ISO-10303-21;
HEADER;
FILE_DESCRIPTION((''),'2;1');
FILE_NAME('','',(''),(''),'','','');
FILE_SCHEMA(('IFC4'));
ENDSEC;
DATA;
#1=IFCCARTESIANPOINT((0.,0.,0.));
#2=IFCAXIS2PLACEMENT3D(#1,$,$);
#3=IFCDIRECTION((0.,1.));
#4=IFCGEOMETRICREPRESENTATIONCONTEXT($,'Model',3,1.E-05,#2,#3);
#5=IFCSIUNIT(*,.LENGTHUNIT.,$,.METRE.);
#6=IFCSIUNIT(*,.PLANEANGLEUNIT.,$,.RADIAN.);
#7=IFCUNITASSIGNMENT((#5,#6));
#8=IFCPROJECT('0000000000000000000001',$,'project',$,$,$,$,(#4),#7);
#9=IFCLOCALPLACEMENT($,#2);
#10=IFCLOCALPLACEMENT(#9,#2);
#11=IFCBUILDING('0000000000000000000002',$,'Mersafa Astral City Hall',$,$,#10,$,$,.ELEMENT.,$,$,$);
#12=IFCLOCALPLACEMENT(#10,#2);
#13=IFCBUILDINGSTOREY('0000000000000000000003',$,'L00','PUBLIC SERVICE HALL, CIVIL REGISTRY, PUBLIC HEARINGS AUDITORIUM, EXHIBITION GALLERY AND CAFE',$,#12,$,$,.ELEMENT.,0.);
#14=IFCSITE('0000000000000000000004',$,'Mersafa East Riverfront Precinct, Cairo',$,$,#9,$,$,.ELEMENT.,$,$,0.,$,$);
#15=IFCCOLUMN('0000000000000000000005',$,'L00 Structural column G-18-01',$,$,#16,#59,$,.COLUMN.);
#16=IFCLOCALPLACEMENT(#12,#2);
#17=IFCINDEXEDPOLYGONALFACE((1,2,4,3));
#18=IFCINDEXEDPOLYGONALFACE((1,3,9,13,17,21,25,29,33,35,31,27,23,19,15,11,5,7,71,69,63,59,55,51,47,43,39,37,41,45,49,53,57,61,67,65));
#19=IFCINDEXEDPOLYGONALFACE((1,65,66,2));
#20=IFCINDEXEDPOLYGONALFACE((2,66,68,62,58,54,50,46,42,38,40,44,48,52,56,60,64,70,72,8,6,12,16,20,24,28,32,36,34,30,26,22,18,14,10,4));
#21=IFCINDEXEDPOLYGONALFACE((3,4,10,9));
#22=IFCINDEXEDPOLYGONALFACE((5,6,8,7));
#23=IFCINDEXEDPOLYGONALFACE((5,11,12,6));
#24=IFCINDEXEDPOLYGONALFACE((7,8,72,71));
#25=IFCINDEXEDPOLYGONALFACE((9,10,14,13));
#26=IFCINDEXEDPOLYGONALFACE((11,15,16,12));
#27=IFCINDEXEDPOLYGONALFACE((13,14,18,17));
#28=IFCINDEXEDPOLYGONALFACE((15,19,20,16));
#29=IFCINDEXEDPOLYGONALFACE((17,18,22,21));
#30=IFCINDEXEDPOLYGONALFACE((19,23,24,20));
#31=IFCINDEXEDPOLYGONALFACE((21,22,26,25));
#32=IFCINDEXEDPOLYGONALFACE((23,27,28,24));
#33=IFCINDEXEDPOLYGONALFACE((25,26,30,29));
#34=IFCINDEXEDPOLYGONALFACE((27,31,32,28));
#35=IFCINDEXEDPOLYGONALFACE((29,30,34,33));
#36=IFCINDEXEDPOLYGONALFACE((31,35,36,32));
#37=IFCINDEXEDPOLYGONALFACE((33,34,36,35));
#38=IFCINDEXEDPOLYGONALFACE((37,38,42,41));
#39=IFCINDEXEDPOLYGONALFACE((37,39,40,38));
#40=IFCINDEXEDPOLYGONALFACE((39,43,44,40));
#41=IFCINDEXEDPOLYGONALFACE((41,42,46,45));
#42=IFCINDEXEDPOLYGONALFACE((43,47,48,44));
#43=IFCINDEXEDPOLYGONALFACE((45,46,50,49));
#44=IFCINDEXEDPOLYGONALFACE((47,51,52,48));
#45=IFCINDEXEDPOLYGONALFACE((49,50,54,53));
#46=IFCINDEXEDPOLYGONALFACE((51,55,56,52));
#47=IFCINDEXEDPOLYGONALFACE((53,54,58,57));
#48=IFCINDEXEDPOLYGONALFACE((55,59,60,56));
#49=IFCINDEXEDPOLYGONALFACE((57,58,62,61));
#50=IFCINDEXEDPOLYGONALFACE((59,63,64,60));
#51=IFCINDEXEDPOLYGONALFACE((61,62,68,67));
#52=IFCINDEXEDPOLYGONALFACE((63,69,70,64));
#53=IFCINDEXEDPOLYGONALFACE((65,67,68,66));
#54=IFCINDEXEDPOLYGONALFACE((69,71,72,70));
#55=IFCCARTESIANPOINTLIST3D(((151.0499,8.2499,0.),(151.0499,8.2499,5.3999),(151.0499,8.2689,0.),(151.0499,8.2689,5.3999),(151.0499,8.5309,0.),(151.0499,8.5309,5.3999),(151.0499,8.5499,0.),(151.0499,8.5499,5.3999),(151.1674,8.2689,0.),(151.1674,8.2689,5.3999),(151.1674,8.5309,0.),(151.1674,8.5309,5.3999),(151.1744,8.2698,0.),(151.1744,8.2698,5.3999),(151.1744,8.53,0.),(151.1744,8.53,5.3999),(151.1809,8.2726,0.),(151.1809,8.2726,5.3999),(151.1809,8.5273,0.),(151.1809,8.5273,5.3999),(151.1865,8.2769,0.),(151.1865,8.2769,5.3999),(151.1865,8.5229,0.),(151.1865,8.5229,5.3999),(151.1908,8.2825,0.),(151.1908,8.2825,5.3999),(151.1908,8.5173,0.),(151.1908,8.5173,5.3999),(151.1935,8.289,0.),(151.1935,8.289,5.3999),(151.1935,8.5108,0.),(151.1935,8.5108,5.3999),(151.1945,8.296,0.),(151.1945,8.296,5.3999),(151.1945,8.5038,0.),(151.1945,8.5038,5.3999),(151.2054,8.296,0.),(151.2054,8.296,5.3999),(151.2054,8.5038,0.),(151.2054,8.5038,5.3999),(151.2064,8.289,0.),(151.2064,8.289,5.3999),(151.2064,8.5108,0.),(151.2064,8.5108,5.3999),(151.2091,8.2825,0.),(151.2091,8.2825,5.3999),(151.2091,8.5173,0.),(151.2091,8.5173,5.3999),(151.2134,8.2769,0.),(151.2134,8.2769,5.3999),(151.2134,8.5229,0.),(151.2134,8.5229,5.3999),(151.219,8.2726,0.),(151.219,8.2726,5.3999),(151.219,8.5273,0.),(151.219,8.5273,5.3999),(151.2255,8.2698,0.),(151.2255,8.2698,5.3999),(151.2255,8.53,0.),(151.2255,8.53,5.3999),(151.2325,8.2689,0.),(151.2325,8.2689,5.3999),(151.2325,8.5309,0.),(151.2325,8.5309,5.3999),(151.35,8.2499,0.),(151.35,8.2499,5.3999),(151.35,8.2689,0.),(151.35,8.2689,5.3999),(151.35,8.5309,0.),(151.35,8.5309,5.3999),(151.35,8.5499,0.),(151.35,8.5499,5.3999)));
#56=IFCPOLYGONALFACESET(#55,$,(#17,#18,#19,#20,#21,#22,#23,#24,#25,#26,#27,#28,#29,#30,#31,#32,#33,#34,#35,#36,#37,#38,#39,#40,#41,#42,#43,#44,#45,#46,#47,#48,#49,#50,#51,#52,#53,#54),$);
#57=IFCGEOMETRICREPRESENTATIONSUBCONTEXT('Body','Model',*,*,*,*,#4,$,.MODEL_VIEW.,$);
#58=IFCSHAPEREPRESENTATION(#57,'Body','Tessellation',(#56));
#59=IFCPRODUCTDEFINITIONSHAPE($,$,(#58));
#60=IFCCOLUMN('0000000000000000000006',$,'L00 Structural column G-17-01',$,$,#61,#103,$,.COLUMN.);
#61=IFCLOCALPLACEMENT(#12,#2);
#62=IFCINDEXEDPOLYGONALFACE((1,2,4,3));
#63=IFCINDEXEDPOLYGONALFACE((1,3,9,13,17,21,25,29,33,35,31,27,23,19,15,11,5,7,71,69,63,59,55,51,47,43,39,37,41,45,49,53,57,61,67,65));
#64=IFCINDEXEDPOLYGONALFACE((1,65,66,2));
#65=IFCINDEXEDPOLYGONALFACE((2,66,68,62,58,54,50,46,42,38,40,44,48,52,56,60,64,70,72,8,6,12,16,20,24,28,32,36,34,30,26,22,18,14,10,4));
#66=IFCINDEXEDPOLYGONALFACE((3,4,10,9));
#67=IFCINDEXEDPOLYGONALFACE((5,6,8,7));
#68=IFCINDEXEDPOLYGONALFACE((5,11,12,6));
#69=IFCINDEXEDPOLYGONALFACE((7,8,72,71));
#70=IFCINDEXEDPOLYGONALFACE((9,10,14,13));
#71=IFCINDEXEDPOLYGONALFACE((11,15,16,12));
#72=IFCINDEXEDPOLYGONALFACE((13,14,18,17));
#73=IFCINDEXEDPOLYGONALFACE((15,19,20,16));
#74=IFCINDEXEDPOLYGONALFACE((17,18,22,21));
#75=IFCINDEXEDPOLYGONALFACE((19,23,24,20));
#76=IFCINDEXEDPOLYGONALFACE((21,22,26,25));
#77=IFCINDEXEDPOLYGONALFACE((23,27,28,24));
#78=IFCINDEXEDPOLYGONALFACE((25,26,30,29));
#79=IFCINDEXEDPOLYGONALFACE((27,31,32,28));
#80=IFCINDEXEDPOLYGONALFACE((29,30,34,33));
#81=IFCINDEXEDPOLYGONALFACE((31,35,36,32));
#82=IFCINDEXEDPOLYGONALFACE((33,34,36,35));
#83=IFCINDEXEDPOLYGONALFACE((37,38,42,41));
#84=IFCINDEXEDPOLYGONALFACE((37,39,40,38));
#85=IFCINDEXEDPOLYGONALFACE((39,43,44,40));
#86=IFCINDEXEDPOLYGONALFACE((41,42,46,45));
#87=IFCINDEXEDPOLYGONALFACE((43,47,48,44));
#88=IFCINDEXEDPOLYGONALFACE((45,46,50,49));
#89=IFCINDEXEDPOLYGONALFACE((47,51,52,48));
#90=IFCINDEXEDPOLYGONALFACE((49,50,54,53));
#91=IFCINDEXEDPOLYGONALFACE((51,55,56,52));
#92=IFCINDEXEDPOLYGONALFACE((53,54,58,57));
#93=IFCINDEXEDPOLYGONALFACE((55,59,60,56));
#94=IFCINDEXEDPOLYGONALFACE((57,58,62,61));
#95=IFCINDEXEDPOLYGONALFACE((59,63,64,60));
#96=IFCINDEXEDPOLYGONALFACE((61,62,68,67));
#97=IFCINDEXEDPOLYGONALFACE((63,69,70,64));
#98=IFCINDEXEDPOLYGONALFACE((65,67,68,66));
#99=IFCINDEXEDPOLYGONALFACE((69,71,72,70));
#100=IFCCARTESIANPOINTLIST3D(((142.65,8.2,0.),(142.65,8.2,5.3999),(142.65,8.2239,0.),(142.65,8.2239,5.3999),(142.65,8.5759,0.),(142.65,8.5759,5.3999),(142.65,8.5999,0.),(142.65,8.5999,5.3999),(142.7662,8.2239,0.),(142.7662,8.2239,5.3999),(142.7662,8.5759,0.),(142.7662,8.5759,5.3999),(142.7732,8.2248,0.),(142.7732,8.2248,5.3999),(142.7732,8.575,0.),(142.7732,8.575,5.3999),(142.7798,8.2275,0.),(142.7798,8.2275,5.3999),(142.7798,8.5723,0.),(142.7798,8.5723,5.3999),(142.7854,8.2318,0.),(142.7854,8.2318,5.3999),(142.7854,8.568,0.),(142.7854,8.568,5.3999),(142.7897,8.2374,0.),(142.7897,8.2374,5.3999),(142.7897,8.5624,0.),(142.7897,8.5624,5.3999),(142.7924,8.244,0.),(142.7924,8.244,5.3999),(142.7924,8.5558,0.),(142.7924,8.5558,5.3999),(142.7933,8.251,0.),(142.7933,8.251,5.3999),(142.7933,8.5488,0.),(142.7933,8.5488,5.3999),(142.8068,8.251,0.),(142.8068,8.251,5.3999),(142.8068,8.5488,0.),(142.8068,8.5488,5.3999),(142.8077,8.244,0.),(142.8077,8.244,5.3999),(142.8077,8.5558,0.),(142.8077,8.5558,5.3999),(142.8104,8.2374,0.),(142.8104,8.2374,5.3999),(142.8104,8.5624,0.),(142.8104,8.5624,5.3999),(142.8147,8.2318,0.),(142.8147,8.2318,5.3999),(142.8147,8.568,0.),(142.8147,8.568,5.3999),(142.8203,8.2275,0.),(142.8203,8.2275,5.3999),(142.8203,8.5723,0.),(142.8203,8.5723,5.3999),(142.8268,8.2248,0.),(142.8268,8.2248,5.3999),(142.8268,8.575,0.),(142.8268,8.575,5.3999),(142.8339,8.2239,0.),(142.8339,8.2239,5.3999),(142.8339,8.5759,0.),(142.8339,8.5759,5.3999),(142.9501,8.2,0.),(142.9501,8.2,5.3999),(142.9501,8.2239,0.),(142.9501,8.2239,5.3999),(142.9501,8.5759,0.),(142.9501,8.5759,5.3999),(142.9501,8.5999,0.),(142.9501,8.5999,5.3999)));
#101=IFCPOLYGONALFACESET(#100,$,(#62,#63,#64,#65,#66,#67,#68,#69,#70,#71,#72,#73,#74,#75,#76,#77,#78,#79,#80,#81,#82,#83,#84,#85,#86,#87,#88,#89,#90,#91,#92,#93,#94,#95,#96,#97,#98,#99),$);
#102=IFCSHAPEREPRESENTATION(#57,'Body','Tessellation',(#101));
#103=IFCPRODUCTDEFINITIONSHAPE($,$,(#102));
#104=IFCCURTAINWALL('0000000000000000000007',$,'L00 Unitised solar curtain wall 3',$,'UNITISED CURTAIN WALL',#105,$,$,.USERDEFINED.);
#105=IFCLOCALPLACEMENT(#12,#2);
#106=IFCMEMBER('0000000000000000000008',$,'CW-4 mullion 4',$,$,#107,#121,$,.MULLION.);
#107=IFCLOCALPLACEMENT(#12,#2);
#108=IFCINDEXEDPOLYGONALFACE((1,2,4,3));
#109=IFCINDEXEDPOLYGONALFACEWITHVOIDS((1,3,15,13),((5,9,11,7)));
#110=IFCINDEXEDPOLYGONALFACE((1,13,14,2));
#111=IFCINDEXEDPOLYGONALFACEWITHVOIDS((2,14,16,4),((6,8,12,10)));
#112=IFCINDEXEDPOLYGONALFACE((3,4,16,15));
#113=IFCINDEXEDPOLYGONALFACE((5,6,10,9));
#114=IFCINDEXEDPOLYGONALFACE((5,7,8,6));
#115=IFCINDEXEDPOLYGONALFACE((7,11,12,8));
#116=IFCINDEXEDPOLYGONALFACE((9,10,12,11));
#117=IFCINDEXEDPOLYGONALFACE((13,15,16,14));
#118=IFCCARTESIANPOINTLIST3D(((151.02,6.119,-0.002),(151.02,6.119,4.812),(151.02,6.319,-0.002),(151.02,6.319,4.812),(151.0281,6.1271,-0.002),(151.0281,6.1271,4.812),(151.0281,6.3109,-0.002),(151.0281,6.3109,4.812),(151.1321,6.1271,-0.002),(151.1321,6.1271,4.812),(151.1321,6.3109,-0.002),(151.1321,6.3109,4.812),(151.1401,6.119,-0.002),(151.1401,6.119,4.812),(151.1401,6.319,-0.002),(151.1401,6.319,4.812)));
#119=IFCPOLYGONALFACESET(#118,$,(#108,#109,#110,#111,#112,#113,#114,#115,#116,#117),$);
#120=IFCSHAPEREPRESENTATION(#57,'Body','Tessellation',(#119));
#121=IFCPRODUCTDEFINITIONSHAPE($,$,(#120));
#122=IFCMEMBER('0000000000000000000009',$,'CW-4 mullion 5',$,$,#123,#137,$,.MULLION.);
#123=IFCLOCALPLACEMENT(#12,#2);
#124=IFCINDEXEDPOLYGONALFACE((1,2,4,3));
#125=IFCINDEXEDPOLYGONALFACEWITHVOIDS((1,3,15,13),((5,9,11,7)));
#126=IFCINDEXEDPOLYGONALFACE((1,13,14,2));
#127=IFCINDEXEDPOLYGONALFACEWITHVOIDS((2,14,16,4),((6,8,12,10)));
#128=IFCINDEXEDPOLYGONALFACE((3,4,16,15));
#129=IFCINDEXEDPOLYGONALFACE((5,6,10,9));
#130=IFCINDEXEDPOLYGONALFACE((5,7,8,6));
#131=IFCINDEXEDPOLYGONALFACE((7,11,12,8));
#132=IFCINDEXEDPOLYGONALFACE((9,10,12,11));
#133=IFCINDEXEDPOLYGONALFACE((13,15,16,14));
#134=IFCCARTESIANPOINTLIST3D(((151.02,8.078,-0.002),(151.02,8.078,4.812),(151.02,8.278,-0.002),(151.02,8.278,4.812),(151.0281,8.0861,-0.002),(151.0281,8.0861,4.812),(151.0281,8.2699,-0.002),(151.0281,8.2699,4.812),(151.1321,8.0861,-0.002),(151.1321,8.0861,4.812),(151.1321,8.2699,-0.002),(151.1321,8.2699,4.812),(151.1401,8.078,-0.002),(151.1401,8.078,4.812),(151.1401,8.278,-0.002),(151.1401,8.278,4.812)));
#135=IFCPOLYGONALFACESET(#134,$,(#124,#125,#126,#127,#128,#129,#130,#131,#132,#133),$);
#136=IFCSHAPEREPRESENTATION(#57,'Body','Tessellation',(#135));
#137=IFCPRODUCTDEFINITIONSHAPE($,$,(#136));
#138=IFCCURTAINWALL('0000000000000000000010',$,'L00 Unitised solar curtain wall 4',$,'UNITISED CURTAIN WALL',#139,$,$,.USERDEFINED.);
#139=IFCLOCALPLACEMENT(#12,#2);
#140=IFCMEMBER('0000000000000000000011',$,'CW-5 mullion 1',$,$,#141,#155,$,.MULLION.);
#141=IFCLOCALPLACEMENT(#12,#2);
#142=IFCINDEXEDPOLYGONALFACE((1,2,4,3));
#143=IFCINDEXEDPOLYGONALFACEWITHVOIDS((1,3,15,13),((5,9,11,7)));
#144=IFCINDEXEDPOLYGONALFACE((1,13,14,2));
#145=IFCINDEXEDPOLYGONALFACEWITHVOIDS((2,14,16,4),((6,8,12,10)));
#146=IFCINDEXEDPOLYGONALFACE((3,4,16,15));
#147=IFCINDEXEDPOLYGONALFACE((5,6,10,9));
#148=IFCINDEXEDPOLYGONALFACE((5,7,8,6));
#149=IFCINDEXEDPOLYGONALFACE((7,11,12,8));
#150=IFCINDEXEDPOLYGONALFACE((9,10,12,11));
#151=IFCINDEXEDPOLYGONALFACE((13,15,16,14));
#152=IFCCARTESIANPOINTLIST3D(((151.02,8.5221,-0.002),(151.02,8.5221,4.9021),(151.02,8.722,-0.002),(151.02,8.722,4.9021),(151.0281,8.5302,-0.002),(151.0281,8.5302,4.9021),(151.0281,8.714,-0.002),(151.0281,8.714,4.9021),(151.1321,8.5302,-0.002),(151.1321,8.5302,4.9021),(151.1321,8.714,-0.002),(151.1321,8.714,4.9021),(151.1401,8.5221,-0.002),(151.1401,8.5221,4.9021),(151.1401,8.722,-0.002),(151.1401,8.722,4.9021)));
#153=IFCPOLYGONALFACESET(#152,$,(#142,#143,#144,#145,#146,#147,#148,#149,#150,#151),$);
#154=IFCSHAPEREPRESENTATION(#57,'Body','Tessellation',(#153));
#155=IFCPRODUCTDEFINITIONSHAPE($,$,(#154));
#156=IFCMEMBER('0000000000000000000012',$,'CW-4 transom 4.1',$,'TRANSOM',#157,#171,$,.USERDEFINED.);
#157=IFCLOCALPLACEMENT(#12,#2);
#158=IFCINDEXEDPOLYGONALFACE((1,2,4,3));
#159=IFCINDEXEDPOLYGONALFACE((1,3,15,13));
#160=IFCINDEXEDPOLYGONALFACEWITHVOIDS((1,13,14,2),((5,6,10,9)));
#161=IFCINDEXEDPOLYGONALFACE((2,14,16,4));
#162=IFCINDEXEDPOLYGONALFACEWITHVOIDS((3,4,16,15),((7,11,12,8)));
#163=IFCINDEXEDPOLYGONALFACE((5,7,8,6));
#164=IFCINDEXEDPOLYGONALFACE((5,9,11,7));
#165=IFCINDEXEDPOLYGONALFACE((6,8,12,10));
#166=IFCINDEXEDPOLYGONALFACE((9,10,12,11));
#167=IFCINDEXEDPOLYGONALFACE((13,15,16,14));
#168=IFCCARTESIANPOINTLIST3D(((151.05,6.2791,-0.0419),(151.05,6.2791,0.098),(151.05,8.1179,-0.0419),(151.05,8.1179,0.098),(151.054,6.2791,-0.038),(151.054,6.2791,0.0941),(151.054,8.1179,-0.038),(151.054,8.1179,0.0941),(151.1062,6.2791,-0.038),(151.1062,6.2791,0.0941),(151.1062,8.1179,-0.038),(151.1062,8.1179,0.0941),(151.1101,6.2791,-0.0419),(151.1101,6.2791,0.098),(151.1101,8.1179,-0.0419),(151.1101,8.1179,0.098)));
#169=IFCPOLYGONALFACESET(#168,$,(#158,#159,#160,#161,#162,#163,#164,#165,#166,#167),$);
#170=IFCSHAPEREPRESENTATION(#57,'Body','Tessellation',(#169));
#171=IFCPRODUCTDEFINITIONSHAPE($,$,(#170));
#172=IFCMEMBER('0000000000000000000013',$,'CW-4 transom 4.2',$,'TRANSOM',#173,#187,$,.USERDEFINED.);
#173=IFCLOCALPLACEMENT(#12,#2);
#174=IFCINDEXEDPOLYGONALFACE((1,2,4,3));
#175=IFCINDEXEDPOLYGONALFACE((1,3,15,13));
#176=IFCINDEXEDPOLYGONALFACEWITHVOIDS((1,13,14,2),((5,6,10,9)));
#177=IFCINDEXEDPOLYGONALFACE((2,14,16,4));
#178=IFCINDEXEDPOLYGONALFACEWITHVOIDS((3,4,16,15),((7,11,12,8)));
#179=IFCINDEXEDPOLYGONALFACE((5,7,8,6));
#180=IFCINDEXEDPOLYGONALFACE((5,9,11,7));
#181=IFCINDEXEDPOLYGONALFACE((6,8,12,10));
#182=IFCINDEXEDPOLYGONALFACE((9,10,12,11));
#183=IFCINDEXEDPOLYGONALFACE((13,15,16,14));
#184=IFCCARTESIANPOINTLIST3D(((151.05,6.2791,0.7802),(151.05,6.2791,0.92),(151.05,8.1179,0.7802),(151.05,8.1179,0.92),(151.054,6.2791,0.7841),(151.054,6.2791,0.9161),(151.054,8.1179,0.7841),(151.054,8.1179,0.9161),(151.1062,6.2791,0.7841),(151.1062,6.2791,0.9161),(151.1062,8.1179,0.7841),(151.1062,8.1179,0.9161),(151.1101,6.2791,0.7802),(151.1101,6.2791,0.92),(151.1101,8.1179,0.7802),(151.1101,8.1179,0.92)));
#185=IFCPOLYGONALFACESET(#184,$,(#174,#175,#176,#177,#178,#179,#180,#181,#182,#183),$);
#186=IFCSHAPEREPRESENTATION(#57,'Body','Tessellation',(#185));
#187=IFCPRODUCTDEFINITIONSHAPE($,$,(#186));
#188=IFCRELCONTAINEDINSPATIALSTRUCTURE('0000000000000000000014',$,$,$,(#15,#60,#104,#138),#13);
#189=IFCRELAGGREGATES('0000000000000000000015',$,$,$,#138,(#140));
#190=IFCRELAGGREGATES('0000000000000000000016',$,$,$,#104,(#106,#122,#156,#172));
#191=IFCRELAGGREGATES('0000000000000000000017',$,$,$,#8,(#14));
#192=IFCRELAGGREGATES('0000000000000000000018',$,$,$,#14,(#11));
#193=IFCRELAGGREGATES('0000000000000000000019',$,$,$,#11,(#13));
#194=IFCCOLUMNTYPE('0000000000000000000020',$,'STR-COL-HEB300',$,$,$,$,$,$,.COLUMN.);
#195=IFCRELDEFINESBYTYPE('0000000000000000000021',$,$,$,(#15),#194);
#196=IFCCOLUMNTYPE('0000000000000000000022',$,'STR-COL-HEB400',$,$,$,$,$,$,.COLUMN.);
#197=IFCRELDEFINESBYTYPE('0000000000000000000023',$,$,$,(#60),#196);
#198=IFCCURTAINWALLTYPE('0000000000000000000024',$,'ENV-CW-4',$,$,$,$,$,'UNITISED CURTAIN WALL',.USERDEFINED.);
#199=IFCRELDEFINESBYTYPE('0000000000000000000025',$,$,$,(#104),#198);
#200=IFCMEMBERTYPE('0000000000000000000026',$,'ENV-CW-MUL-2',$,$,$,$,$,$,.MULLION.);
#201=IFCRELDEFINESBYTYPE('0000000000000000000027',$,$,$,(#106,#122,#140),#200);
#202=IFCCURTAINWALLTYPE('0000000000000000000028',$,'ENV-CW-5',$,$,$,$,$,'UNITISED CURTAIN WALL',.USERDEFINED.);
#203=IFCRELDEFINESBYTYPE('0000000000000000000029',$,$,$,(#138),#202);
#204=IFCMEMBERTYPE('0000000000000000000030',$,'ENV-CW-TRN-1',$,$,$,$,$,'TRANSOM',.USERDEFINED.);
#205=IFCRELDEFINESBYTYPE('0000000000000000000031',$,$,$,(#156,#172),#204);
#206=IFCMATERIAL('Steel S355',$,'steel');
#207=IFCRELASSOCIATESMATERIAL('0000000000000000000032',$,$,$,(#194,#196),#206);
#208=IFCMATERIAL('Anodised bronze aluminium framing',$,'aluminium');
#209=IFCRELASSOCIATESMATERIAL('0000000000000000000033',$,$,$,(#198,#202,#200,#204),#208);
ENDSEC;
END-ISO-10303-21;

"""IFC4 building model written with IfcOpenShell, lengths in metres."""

from ifc_helpers import new_model, si_unit, direction, frame, origin, origin_2d, place, context, subcontext, project, spatial, hollow_rectangle, i_section, extrude, material, material_profile, profile_set, type_object, element, aggregate, save


model = new_model("IFC4")

# Units and contexts
model_context = context("Model", 3, precision=1e-05, world=origin(), true_north=direction((0.0, 1.0)))
body_context = subcontext(model_context, "Body", "Model", "MODEL_VIEW")
ifc_project = project(units=[si_unit("LENGTHUNIT", "METRE"), si_unit("PLANEANGLEUNIT", "RADIAN")], contexts=[model_context])

# Site, building, storey
site_placement = place(None, origin())
site = spatial("IfcSite", under=ifc_project, at=site_placement, Name="Mersafa East Riverfront Precinct, Cairo", CompositionType="ELEMENT", RefElevation=0.0)
building_placement = place(site_placement, origin())
building = spatial("IfcBuilding", under=site, at=building_placement, Name="Mersafa Astral City Hall", CompositionType="ELEMENT")
storey_placement = place(building_placement, origin())
storey = spatial("IfcBuildingStorey", under=building, at=storey_placement, Name="L00", Description="PUBLIC SERVICE HALL, CIVIL REGISTRY, PUBLIC HEARINGS AUDITORIUM, EXHIBITION GALLERY AND CAFE", CompositionType="ELEMENT", Elevation=0.0)

# Columns
ifc_material_1 = material(Name="Steel S355", Category="steel")
ifc_material_profile_1 = material_profile(ifc_material_1, i_section(OverallWidth=0.3, OverallDepth=0.3, WebThickness=0.011, FlangeThickness=0.019, FilletRadius=0.0271, at=origin_2d()), Name="HEB 300")
ifc_profile_set_1 = profile_set([ifc_material_profile_1], Name="Steel S355")
column_type_1 = type_object("IfcColumnType", Name="STR-COL-HEB300", PredefinedType="COLUMN", material=ifc_profile_set_1)
column_1_placement = place(storey_placement, frame((151.2, 8.3999, 0.0), z_axis=(0.0, 0.0, 1.0), x_axis=(1.0, 0.0, 0.0)))
element("IfcColumn", 1, at=column_1_placement, inside=storey, type_object=column_type_1, Name="L00 Structural column G-18-01", PredefinedType="COLUMN", context=body_context, shape_type="SweptSolid", body=[
    extrude(i_section(OverallWidth=0.3, OverallDepth=0.3, WebThickness=0.011, FlangeThickness=0.019, FilletRadius=0.0271, at=origin_2d()), origin(), (0.0, 0.0, 1.0), 5.3999),
])
ifc_material_profile_2 = material_profile(ifc_material_1, i_section(OverallWidth=0.3, OverallDepth=0.3999, WebThickness=0.0134, FlangeThickness=0.0239, FilletRadius=0.0271, at=origin_2d()), Name="HEB 400")
ifc_profile_set_2 = profile_set([ifc_material_profile_2], Name="Steel S355")
column_type_2 = type_object("IfcColumnType", Name="STR-COL-HEB400", PredefinedType="COLUMN", material=ifc_profile_set_2)
column_2_placement = place(storey_placement, frame((142.8, 8.3999, 0.0), z_axis=(0.0, 0.0, 1.0), x_axis=(1.0, 0.0, 0.0)))
element("IfcColumn", 2, at=column_2_placement, inside=storey, type_object=column_type_2, Name="L00 Structural column G-17-01", PredefinedType="COLUMN", context=body_context, shape_type="SweptSolid", body=[
    extrude(i_section(OverallWidth=0.3, OverallDepth=0.3999, WebThickness=0.0134, FlangeThickness=0.0239, FilletRadius=0.0271, at=origin_2d()), origin(), (0.0, 0.0, 1.0), 5.3999),
])

# Curtain wall, members
ifc_material_2 = material(Name="Anodised bronze aluminium framing", Category="aluminium")
curtain_wall_type_1 = type_object("IfcCurtainWallType", Name="ENV-CW-4", ElementType="UNITISED CURTAIN WALL", PredefinedType="USERDEFINED", material=ifc_material_2)
curtain_wall_1_placement = place(storey_placement, origin())
curtain_wall_1 = element("IfcCurtainWall", 3, at=curtain_wall_1_placement, inside=storey, type_object=curtain_wall_type_1, Name="L00 Unitised solar curtain wall 3", ObjectType="UNITISED CURTAIN WALL", PredefinedType="USERDEFINED")
ifc_material_profile_3 = material_profile(ifc_material_2, hollow_rectangle(XDim=0.1201, YDim=0.2, WallThickness=0.0081, at=origin_2d()), Name="RHS 120x200x8")
ifc_profile_set_3 = profile_set([ifc_material_profile_3], Name="Anodised bronze aluminium framing")
member_type_1 = type_object("IfcMemberType", Name="ENV-CW-MUL-2", PredefinedType="MULLION", material=ifc_profile_set_3)
member_1_placement = place(storey_placement, frame((151.0801, 6.219, -0.002), z_axis=(0.0, 0.0, 1.0), x_axis=(-1.0, 0.0, 0.0)))
member_1 = element("IfcMember", 4, at=member_1_placement, type_object=member_type_1, Name="CW-4 mullion 4", PredefinedType="MULLION", context=body_context, shape_type="SweptSolid", body=[
    extrude(hollow_rectangle(XDim=0.1201, YDim=0.2, WallThickness=0.0081, at=origin_2d()), origin(), (0.0, 0.0, 1.0), 4.814),
])
member_2_placement = place(storey_placement, frame((151.0801, 8.178, -0.002), z_axis=(0.0, 0.0, 1.0), x_axis=(-1.0, 0.0, 0.0)))
member_2 = element("IfcMember", 5, at=member_2_placement, type_object=member_type_1, Name="CW-4 mullion 5", PredefinedType="MULLION", context=body_context, shape_type="SweptSolid", body=[
    extrude(hollow_rectangle(XDim=0.1201, YDim=0.2, WallThickness=0.0081, at=origin_2d()), origin(), (0.0, 0.0, 1.0), 4.814),
])

# Curtain wall, member
curtain_wall_type_2 = type_object("IfcCurtainWallType", Name="ENV-CW-5", ElementType="UNITISED CURTAIN WALL", PredefinedType="USERDEFINED", material=ifc_material_2)
curtain_wall_2_placement = place(storey_placement, origin())
curtain_wall_2 = element("IfcCurtainWall", 6, at=curtain_wall_2_placement, inside=storey, type_object=curtain_wall_type_2, Name="L00 Unitised solar curtain wall 4", ObjectType="UNITISED CURTAIN WALL", PredefinedType="USERDEFINED")
member_3_placement = place(storey_placement, frame((151.0801, 8.6221, -0.002), z_axis=(0.0, 0.0, 1.0), x_axis=(-1.0, 0.0, 0.0)))
member_3 = element("IfcMember", 7, at=member_3_placement, type_object=member_type_1, Name="CW-5 mullion 1", PredefinedType="MULLION", context=body_context, shape_type="SweptSolid", body=[
    extrude(hollow_rectangle(XDim=0.1201, YDim=0.2, WallThickness=0.0081, at=origin_2d()), origin(), (0.0, 0.0, 1.0), 4.9041),
])

# Members
ifc_material_profile_4 = material_profile(ifc_material_2, hollow_rectangle(XDim=0.0601, YDim=0.1399, WallThickness=0.0039, at=origin_2d()), Name="RHS 60x140x4")
ifc_profile_set_4 = profile_set([ifc_material_profile_4], Name="Anodised bronze aluminium framing")
member_type_2 = type_object("IfcMemberType", Name="ENV-CW-TRN-1", ElementType="TRANSOM", PredefinedType="USERDEFINED", material=ifc_profile_set_4)
member_4_placement = place(storey_placement, frame((151.0801, 6.2791, 0.0281), z_axis=(0.0, 1.0, 0.0), x_axis=(-1.0, 0.0, 0.0)))
member_4 = element("IfcMember", 8, at=member_4_placement, type_object=member_type_2, Name="CW-4 transom 4.1", ObjectType="TRANSOM", PredefinedType="USERDEFINED", context=body_context, shape_type="SweptSolid", body=[
    extrude(hollow_rectangle(XDim=0.0601, YDim=0.1399, WallThickness=0.0039, at=origin_2d()), origin(), (0.0, 0.0, 1.0), 1.8389),
])
member_5_placement = place(storey_placement, frame((151.0801, 6.2791, 0.8501), z_axis=(0.0, 1.0, 0.0), x_axis=(-1.0, 0.0, 0.0)))
member_5 = element("IfcMember", 9, at=member_5_placement, type_object=member_type_2, Name="CW-4 transom 4.2", ObjectType="TRANSOM", PredefinedType="USERDEFINED", context=body_context, shape_type="SweptSolid", body=[
    extrude(hollow_rectangle(XDim=0.0601, YDim=0.1399, WallThickness=0.0039, at=origin_2d()), origin(), (0.0, 0.0, 1.0), 1.8389),
])
aggregate(curtain_wall_2, [member_3])

aggregate(curtain_wall_1, [member_1, member_2, member_4, member_5])

save(model, "model.ifc")
